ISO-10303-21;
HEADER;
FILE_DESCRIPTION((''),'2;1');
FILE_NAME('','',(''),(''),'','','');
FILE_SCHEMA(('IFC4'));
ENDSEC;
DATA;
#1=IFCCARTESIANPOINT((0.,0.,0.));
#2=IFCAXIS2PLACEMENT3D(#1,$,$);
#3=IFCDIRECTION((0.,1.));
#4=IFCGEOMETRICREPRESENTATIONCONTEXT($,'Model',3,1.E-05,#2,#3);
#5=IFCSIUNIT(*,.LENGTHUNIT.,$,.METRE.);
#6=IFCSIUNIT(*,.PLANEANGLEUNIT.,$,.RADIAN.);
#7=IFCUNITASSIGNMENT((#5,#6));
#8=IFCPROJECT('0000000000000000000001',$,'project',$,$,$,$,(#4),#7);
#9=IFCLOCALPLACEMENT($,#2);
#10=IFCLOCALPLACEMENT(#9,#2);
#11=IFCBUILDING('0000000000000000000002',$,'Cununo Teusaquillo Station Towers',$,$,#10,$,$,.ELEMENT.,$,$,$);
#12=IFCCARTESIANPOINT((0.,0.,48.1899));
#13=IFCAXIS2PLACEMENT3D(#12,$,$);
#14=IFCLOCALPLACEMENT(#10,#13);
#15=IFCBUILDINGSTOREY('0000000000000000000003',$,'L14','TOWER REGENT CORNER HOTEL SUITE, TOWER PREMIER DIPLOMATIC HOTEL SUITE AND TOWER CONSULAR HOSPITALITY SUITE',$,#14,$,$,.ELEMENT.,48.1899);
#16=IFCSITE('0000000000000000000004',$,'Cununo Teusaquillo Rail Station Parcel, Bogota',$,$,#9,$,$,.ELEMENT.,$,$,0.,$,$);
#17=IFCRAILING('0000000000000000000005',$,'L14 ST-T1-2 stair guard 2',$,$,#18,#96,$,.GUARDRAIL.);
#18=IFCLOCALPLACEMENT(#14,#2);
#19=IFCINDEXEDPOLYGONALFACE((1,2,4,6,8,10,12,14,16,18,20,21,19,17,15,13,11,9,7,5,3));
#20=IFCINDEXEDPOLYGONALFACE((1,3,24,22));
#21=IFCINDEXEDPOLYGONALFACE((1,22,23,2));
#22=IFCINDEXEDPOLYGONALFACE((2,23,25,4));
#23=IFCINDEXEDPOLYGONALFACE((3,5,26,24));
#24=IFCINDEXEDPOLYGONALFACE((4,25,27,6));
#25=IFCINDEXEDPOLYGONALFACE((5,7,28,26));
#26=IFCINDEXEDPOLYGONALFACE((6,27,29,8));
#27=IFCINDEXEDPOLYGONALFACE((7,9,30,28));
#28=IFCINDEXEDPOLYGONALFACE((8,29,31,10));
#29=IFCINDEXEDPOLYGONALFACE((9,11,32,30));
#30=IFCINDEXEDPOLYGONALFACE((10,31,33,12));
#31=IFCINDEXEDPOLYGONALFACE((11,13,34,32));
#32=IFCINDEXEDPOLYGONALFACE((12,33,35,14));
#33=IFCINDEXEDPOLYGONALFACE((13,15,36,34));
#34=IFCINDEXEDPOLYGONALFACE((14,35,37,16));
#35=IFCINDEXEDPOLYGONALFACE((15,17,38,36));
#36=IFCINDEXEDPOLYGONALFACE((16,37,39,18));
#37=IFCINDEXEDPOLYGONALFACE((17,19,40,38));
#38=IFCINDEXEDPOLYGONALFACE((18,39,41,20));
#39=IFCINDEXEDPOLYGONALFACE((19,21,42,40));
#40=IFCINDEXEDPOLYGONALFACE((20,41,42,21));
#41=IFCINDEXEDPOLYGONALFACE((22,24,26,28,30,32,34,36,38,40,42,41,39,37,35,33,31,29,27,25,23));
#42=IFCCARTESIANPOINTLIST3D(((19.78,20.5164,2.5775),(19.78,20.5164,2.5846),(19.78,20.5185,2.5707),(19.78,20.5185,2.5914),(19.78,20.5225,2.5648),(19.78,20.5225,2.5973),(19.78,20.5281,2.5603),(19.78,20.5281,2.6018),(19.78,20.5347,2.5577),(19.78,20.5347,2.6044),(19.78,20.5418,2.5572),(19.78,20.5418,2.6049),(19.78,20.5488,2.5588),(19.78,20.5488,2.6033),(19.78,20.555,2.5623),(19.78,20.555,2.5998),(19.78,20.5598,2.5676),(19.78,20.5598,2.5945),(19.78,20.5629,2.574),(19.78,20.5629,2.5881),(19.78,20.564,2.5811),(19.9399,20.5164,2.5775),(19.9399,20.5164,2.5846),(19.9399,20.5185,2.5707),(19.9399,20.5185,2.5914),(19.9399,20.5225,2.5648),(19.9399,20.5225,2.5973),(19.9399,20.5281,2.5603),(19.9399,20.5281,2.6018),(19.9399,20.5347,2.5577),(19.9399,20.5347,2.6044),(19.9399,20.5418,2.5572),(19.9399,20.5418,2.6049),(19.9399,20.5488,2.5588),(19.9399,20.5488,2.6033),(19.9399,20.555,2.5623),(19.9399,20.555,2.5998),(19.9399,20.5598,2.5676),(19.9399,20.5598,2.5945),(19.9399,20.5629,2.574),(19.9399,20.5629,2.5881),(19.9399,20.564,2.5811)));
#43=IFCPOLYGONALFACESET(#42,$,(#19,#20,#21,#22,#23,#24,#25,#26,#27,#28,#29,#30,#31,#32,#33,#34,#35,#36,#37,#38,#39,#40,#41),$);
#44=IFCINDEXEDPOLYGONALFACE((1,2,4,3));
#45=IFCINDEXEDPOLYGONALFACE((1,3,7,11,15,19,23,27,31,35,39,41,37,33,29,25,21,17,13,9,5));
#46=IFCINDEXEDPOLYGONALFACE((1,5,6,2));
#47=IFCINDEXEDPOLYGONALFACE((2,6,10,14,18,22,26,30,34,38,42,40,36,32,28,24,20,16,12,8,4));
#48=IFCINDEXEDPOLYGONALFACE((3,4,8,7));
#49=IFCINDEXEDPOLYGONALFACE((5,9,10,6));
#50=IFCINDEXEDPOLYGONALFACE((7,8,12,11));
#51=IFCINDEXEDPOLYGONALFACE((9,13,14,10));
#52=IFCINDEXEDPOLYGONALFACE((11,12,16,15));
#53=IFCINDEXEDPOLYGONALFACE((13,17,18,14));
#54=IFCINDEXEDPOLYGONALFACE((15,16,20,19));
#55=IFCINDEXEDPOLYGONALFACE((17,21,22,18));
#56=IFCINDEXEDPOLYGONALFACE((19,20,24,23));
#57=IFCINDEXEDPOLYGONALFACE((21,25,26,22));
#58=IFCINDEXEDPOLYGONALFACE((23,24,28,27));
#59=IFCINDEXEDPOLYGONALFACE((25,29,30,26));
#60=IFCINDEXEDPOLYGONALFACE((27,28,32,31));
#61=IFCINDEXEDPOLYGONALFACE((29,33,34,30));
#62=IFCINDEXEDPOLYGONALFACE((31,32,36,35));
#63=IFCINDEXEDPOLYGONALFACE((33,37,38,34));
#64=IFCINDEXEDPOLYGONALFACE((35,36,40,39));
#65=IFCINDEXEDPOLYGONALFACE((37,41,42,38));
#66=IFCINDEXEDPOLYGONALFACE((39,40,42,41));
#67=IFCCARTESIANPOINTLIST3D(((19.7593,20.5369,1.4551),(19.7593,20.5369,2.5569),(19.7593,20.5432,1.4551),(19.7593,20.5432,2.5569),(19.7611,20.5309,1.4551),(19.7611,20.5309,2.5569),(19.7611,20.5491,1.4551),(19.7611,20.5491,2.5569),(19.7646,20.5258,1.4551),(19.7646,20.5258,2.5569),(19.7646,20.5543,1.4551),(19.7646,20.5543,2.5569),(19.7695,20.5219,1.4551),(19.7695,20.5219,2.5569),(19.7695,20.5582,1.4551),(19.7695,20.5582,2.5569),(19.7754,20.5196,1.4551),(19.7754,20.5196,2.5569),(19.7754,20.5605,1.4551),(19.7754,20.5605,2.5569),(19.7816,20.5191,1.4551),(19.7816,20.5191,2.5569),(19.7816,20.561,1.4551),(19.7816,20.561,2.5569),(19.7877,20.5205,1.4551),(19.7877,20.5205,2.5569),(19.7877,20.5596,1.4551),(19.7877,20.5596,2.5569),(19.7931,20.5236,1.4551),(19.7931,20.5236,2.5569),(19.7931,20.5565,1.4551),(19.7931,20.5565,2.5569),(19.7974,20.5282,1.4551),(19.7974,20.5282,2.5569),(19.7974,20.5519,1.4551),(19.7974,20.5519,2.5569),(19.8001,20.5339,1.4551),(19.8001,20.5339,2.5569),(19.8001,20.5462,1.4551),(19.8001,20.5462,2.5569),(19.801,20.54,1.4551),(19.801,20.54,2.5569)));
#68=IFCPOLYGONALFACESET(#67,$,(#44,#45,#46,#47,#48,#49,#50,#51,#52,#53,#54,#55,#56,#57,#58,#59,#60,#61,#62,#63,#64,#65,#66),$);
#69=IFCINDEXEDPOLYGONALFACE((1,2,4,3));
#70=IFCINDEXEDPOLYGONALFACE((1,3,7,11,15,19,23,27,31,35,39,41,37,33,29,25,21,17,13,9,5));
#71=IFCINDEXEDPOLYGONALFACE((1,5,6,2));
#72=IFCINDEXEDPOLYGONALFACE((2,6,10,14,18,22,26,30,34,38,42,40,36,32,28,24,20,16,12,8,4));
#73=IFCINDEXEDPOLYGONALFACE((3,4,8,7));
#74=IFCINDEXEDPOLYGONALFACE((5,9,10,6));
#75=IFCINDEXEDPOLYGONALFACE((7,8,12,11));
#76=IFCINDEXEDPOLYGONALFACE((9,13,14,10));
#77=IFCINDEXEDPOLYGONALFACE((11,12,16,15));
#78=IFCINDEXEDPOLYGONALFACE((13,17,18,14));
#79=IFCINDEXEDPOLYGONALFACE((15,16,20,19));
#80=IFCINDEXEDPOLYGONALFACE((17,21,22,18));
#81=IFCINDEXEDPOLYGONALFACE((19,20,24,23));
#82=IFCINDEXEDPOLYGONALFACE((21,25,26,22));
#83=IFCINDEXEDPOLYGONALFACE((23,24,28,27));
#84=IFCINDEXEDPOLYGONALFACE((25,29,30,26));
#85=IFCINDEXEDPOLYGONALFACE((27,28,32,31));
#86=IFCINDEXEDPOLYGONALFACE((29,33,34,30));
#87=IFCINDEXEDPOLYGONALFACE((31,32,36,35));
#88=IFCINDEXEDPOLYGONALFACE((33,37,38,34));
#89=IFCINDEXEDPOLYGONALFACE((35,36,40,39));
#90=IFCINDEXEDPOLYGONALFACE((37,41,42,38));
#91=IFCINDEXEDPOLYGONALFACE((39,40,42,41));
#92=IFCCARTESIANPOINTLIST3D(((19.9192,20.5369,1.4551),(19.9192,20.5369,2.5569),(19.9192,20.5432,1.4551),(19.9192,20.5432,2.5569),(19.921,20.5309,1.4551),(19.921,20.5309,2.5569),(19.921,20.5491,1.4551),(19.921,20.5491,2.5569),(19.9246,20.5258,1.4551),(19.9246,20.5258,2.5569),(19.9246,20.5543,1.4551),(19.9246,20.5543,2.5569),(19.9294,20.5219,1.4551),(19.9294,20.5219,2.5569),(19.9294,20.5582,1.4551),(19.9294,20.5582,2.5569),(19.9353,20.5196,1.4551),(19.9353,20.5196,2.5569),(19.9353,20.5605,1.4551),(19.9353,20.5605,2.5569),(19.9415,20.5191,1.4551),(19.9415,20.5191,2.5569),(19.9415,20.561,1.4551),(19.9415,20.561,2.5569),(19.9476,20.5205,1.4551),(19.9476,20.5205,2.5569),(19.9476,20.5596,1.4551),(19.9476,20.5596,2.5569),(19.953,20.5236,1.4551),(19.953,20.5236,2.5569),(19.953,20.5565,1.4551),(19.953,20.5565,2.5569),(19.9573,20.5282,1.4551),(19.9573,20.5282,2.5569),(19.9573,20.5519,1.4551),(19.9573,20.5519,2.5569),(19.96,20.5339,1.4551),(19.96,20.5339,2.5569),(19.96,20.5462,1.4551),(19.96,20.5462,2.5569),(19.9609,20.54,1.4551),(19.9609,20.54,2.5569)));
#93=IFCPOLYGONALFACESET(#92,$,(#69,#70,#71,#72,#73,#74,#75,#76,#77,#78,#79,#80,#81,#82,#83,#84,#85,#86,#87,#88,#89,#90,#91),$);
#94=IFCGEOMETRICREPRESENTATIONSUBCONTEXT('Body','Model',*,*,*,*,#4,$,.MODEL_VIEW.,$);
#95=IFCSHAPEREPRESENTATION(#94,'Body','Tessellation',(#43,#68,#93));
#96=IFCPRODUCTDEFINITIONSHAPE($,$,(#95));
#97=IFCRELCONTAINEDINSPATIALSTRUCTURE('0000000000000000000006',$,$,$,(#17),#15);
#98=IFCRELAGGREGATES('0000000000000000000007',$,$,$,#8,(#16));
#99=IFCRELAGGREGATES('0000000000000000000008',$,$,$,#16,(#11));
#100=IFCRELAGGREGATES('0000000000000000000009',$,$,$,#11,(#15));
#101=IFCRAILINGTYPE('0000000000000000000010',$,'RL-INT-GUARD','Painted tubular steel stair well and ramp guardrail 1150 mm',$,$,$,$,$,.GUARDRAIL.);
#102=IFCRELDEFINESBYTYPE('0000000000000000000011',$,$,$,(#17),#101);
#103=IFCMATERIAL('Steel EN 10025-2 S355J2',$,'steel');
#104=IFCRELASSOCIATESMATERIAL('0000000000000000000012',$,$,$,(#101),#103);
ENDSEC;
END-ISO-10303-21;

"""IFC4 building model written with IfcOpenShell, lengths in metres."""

from ifc_helpers import new_model, si_unit, direction, frame, origin, origin_2d, place, context, subcontext, project, spatial, circle, extrude, material, type_object, element, save


model = new_model("IFC4")

# Units and contexts
model_context = context("Model", 3, precision=1e-05, world=origin(), true_north=direction((0.0, 1.0)))
body_context = subcontext(model_context, "Body", "Model", "MODEL_VIEW")
ifc_project = project(units=[si_unit("LENGTHUNIT", "METRE"), si_unit("PLANEANGLEUNIT", "RADIAN")], contexts=[model_context])

# Site, building, storey
site_placement = place(None, origin())
site = spatial("IfcSite", under=ifc_project, at=site_placement, Name="Cununo Teusaquillo Rail Station Parcel, Bogota", CompositionType="ELEMENT", RefElevation=0.0)
building_placement = place(site_placement, origin())
building = spatial("IfcBuilding", under=site, at=building_placement, Name="Cununo Teusaquillo Station Towers", CompositionType="ELEMENT")
storey_placement = place(building_placement, frame((0.0, 0.0, 48.1899)))
storey = spatial("IfcBuildingStorey", under=building, at=storey_placement, Name="L14", Description="TOWER REGENT CORNER HOTEL SUITE, TOWER PREMIER DIPLOMATIC HOTEL SUITE AND TOWER CONSULAR HOSPITALITY SUITE", CompositionType="ELEMENT", Elevation=48.1899)

# Railing
ifc_material_1 = material(Name="Steel EN 10025-2 S355J2", Category="steel")
railing_type_1 = type_object("IfcRailingType", Name="RL-INT-GUARD", Description="Painted tubular steel stair well and ramp guardrail 1150 mm", PredefinedType="GUARDRAIL", material=ifc_material_1)
railing_1_placement = place(storey_placement, frame((19.78, 20.54, 1.4551)))
element("IfcRailing", 1, at=railing_1_placement, inside=storey, type_object=railing_type_1, Name="L14 ST-T1-2 stair guard 2", PredefinedType="GUARDRAIL", context=body_context, shape_type="SweptSolid", body=[
    extrude(circle(Radius=0.0239, at=origin_2d()), frame((0.0, 0.0, 1.126), z_axis=(1.0, 0.0, 0.0), x_axis=(0.0, 1.0, 0.0)), (0.0, 0.0, 1.0), 0.1599),
    extrude(circle(Radius=0.021, at=origin_2d()), origin(), (0.0, 0.0, 1.0), 1.1018),
    extrude(circle(Radius=0.021, at=origin_2d()), frame((0.1599, 0.0, 0.0)), (0.0, 0.0, 1.0), 1.1018),
])

save(model, "model.ifc")
